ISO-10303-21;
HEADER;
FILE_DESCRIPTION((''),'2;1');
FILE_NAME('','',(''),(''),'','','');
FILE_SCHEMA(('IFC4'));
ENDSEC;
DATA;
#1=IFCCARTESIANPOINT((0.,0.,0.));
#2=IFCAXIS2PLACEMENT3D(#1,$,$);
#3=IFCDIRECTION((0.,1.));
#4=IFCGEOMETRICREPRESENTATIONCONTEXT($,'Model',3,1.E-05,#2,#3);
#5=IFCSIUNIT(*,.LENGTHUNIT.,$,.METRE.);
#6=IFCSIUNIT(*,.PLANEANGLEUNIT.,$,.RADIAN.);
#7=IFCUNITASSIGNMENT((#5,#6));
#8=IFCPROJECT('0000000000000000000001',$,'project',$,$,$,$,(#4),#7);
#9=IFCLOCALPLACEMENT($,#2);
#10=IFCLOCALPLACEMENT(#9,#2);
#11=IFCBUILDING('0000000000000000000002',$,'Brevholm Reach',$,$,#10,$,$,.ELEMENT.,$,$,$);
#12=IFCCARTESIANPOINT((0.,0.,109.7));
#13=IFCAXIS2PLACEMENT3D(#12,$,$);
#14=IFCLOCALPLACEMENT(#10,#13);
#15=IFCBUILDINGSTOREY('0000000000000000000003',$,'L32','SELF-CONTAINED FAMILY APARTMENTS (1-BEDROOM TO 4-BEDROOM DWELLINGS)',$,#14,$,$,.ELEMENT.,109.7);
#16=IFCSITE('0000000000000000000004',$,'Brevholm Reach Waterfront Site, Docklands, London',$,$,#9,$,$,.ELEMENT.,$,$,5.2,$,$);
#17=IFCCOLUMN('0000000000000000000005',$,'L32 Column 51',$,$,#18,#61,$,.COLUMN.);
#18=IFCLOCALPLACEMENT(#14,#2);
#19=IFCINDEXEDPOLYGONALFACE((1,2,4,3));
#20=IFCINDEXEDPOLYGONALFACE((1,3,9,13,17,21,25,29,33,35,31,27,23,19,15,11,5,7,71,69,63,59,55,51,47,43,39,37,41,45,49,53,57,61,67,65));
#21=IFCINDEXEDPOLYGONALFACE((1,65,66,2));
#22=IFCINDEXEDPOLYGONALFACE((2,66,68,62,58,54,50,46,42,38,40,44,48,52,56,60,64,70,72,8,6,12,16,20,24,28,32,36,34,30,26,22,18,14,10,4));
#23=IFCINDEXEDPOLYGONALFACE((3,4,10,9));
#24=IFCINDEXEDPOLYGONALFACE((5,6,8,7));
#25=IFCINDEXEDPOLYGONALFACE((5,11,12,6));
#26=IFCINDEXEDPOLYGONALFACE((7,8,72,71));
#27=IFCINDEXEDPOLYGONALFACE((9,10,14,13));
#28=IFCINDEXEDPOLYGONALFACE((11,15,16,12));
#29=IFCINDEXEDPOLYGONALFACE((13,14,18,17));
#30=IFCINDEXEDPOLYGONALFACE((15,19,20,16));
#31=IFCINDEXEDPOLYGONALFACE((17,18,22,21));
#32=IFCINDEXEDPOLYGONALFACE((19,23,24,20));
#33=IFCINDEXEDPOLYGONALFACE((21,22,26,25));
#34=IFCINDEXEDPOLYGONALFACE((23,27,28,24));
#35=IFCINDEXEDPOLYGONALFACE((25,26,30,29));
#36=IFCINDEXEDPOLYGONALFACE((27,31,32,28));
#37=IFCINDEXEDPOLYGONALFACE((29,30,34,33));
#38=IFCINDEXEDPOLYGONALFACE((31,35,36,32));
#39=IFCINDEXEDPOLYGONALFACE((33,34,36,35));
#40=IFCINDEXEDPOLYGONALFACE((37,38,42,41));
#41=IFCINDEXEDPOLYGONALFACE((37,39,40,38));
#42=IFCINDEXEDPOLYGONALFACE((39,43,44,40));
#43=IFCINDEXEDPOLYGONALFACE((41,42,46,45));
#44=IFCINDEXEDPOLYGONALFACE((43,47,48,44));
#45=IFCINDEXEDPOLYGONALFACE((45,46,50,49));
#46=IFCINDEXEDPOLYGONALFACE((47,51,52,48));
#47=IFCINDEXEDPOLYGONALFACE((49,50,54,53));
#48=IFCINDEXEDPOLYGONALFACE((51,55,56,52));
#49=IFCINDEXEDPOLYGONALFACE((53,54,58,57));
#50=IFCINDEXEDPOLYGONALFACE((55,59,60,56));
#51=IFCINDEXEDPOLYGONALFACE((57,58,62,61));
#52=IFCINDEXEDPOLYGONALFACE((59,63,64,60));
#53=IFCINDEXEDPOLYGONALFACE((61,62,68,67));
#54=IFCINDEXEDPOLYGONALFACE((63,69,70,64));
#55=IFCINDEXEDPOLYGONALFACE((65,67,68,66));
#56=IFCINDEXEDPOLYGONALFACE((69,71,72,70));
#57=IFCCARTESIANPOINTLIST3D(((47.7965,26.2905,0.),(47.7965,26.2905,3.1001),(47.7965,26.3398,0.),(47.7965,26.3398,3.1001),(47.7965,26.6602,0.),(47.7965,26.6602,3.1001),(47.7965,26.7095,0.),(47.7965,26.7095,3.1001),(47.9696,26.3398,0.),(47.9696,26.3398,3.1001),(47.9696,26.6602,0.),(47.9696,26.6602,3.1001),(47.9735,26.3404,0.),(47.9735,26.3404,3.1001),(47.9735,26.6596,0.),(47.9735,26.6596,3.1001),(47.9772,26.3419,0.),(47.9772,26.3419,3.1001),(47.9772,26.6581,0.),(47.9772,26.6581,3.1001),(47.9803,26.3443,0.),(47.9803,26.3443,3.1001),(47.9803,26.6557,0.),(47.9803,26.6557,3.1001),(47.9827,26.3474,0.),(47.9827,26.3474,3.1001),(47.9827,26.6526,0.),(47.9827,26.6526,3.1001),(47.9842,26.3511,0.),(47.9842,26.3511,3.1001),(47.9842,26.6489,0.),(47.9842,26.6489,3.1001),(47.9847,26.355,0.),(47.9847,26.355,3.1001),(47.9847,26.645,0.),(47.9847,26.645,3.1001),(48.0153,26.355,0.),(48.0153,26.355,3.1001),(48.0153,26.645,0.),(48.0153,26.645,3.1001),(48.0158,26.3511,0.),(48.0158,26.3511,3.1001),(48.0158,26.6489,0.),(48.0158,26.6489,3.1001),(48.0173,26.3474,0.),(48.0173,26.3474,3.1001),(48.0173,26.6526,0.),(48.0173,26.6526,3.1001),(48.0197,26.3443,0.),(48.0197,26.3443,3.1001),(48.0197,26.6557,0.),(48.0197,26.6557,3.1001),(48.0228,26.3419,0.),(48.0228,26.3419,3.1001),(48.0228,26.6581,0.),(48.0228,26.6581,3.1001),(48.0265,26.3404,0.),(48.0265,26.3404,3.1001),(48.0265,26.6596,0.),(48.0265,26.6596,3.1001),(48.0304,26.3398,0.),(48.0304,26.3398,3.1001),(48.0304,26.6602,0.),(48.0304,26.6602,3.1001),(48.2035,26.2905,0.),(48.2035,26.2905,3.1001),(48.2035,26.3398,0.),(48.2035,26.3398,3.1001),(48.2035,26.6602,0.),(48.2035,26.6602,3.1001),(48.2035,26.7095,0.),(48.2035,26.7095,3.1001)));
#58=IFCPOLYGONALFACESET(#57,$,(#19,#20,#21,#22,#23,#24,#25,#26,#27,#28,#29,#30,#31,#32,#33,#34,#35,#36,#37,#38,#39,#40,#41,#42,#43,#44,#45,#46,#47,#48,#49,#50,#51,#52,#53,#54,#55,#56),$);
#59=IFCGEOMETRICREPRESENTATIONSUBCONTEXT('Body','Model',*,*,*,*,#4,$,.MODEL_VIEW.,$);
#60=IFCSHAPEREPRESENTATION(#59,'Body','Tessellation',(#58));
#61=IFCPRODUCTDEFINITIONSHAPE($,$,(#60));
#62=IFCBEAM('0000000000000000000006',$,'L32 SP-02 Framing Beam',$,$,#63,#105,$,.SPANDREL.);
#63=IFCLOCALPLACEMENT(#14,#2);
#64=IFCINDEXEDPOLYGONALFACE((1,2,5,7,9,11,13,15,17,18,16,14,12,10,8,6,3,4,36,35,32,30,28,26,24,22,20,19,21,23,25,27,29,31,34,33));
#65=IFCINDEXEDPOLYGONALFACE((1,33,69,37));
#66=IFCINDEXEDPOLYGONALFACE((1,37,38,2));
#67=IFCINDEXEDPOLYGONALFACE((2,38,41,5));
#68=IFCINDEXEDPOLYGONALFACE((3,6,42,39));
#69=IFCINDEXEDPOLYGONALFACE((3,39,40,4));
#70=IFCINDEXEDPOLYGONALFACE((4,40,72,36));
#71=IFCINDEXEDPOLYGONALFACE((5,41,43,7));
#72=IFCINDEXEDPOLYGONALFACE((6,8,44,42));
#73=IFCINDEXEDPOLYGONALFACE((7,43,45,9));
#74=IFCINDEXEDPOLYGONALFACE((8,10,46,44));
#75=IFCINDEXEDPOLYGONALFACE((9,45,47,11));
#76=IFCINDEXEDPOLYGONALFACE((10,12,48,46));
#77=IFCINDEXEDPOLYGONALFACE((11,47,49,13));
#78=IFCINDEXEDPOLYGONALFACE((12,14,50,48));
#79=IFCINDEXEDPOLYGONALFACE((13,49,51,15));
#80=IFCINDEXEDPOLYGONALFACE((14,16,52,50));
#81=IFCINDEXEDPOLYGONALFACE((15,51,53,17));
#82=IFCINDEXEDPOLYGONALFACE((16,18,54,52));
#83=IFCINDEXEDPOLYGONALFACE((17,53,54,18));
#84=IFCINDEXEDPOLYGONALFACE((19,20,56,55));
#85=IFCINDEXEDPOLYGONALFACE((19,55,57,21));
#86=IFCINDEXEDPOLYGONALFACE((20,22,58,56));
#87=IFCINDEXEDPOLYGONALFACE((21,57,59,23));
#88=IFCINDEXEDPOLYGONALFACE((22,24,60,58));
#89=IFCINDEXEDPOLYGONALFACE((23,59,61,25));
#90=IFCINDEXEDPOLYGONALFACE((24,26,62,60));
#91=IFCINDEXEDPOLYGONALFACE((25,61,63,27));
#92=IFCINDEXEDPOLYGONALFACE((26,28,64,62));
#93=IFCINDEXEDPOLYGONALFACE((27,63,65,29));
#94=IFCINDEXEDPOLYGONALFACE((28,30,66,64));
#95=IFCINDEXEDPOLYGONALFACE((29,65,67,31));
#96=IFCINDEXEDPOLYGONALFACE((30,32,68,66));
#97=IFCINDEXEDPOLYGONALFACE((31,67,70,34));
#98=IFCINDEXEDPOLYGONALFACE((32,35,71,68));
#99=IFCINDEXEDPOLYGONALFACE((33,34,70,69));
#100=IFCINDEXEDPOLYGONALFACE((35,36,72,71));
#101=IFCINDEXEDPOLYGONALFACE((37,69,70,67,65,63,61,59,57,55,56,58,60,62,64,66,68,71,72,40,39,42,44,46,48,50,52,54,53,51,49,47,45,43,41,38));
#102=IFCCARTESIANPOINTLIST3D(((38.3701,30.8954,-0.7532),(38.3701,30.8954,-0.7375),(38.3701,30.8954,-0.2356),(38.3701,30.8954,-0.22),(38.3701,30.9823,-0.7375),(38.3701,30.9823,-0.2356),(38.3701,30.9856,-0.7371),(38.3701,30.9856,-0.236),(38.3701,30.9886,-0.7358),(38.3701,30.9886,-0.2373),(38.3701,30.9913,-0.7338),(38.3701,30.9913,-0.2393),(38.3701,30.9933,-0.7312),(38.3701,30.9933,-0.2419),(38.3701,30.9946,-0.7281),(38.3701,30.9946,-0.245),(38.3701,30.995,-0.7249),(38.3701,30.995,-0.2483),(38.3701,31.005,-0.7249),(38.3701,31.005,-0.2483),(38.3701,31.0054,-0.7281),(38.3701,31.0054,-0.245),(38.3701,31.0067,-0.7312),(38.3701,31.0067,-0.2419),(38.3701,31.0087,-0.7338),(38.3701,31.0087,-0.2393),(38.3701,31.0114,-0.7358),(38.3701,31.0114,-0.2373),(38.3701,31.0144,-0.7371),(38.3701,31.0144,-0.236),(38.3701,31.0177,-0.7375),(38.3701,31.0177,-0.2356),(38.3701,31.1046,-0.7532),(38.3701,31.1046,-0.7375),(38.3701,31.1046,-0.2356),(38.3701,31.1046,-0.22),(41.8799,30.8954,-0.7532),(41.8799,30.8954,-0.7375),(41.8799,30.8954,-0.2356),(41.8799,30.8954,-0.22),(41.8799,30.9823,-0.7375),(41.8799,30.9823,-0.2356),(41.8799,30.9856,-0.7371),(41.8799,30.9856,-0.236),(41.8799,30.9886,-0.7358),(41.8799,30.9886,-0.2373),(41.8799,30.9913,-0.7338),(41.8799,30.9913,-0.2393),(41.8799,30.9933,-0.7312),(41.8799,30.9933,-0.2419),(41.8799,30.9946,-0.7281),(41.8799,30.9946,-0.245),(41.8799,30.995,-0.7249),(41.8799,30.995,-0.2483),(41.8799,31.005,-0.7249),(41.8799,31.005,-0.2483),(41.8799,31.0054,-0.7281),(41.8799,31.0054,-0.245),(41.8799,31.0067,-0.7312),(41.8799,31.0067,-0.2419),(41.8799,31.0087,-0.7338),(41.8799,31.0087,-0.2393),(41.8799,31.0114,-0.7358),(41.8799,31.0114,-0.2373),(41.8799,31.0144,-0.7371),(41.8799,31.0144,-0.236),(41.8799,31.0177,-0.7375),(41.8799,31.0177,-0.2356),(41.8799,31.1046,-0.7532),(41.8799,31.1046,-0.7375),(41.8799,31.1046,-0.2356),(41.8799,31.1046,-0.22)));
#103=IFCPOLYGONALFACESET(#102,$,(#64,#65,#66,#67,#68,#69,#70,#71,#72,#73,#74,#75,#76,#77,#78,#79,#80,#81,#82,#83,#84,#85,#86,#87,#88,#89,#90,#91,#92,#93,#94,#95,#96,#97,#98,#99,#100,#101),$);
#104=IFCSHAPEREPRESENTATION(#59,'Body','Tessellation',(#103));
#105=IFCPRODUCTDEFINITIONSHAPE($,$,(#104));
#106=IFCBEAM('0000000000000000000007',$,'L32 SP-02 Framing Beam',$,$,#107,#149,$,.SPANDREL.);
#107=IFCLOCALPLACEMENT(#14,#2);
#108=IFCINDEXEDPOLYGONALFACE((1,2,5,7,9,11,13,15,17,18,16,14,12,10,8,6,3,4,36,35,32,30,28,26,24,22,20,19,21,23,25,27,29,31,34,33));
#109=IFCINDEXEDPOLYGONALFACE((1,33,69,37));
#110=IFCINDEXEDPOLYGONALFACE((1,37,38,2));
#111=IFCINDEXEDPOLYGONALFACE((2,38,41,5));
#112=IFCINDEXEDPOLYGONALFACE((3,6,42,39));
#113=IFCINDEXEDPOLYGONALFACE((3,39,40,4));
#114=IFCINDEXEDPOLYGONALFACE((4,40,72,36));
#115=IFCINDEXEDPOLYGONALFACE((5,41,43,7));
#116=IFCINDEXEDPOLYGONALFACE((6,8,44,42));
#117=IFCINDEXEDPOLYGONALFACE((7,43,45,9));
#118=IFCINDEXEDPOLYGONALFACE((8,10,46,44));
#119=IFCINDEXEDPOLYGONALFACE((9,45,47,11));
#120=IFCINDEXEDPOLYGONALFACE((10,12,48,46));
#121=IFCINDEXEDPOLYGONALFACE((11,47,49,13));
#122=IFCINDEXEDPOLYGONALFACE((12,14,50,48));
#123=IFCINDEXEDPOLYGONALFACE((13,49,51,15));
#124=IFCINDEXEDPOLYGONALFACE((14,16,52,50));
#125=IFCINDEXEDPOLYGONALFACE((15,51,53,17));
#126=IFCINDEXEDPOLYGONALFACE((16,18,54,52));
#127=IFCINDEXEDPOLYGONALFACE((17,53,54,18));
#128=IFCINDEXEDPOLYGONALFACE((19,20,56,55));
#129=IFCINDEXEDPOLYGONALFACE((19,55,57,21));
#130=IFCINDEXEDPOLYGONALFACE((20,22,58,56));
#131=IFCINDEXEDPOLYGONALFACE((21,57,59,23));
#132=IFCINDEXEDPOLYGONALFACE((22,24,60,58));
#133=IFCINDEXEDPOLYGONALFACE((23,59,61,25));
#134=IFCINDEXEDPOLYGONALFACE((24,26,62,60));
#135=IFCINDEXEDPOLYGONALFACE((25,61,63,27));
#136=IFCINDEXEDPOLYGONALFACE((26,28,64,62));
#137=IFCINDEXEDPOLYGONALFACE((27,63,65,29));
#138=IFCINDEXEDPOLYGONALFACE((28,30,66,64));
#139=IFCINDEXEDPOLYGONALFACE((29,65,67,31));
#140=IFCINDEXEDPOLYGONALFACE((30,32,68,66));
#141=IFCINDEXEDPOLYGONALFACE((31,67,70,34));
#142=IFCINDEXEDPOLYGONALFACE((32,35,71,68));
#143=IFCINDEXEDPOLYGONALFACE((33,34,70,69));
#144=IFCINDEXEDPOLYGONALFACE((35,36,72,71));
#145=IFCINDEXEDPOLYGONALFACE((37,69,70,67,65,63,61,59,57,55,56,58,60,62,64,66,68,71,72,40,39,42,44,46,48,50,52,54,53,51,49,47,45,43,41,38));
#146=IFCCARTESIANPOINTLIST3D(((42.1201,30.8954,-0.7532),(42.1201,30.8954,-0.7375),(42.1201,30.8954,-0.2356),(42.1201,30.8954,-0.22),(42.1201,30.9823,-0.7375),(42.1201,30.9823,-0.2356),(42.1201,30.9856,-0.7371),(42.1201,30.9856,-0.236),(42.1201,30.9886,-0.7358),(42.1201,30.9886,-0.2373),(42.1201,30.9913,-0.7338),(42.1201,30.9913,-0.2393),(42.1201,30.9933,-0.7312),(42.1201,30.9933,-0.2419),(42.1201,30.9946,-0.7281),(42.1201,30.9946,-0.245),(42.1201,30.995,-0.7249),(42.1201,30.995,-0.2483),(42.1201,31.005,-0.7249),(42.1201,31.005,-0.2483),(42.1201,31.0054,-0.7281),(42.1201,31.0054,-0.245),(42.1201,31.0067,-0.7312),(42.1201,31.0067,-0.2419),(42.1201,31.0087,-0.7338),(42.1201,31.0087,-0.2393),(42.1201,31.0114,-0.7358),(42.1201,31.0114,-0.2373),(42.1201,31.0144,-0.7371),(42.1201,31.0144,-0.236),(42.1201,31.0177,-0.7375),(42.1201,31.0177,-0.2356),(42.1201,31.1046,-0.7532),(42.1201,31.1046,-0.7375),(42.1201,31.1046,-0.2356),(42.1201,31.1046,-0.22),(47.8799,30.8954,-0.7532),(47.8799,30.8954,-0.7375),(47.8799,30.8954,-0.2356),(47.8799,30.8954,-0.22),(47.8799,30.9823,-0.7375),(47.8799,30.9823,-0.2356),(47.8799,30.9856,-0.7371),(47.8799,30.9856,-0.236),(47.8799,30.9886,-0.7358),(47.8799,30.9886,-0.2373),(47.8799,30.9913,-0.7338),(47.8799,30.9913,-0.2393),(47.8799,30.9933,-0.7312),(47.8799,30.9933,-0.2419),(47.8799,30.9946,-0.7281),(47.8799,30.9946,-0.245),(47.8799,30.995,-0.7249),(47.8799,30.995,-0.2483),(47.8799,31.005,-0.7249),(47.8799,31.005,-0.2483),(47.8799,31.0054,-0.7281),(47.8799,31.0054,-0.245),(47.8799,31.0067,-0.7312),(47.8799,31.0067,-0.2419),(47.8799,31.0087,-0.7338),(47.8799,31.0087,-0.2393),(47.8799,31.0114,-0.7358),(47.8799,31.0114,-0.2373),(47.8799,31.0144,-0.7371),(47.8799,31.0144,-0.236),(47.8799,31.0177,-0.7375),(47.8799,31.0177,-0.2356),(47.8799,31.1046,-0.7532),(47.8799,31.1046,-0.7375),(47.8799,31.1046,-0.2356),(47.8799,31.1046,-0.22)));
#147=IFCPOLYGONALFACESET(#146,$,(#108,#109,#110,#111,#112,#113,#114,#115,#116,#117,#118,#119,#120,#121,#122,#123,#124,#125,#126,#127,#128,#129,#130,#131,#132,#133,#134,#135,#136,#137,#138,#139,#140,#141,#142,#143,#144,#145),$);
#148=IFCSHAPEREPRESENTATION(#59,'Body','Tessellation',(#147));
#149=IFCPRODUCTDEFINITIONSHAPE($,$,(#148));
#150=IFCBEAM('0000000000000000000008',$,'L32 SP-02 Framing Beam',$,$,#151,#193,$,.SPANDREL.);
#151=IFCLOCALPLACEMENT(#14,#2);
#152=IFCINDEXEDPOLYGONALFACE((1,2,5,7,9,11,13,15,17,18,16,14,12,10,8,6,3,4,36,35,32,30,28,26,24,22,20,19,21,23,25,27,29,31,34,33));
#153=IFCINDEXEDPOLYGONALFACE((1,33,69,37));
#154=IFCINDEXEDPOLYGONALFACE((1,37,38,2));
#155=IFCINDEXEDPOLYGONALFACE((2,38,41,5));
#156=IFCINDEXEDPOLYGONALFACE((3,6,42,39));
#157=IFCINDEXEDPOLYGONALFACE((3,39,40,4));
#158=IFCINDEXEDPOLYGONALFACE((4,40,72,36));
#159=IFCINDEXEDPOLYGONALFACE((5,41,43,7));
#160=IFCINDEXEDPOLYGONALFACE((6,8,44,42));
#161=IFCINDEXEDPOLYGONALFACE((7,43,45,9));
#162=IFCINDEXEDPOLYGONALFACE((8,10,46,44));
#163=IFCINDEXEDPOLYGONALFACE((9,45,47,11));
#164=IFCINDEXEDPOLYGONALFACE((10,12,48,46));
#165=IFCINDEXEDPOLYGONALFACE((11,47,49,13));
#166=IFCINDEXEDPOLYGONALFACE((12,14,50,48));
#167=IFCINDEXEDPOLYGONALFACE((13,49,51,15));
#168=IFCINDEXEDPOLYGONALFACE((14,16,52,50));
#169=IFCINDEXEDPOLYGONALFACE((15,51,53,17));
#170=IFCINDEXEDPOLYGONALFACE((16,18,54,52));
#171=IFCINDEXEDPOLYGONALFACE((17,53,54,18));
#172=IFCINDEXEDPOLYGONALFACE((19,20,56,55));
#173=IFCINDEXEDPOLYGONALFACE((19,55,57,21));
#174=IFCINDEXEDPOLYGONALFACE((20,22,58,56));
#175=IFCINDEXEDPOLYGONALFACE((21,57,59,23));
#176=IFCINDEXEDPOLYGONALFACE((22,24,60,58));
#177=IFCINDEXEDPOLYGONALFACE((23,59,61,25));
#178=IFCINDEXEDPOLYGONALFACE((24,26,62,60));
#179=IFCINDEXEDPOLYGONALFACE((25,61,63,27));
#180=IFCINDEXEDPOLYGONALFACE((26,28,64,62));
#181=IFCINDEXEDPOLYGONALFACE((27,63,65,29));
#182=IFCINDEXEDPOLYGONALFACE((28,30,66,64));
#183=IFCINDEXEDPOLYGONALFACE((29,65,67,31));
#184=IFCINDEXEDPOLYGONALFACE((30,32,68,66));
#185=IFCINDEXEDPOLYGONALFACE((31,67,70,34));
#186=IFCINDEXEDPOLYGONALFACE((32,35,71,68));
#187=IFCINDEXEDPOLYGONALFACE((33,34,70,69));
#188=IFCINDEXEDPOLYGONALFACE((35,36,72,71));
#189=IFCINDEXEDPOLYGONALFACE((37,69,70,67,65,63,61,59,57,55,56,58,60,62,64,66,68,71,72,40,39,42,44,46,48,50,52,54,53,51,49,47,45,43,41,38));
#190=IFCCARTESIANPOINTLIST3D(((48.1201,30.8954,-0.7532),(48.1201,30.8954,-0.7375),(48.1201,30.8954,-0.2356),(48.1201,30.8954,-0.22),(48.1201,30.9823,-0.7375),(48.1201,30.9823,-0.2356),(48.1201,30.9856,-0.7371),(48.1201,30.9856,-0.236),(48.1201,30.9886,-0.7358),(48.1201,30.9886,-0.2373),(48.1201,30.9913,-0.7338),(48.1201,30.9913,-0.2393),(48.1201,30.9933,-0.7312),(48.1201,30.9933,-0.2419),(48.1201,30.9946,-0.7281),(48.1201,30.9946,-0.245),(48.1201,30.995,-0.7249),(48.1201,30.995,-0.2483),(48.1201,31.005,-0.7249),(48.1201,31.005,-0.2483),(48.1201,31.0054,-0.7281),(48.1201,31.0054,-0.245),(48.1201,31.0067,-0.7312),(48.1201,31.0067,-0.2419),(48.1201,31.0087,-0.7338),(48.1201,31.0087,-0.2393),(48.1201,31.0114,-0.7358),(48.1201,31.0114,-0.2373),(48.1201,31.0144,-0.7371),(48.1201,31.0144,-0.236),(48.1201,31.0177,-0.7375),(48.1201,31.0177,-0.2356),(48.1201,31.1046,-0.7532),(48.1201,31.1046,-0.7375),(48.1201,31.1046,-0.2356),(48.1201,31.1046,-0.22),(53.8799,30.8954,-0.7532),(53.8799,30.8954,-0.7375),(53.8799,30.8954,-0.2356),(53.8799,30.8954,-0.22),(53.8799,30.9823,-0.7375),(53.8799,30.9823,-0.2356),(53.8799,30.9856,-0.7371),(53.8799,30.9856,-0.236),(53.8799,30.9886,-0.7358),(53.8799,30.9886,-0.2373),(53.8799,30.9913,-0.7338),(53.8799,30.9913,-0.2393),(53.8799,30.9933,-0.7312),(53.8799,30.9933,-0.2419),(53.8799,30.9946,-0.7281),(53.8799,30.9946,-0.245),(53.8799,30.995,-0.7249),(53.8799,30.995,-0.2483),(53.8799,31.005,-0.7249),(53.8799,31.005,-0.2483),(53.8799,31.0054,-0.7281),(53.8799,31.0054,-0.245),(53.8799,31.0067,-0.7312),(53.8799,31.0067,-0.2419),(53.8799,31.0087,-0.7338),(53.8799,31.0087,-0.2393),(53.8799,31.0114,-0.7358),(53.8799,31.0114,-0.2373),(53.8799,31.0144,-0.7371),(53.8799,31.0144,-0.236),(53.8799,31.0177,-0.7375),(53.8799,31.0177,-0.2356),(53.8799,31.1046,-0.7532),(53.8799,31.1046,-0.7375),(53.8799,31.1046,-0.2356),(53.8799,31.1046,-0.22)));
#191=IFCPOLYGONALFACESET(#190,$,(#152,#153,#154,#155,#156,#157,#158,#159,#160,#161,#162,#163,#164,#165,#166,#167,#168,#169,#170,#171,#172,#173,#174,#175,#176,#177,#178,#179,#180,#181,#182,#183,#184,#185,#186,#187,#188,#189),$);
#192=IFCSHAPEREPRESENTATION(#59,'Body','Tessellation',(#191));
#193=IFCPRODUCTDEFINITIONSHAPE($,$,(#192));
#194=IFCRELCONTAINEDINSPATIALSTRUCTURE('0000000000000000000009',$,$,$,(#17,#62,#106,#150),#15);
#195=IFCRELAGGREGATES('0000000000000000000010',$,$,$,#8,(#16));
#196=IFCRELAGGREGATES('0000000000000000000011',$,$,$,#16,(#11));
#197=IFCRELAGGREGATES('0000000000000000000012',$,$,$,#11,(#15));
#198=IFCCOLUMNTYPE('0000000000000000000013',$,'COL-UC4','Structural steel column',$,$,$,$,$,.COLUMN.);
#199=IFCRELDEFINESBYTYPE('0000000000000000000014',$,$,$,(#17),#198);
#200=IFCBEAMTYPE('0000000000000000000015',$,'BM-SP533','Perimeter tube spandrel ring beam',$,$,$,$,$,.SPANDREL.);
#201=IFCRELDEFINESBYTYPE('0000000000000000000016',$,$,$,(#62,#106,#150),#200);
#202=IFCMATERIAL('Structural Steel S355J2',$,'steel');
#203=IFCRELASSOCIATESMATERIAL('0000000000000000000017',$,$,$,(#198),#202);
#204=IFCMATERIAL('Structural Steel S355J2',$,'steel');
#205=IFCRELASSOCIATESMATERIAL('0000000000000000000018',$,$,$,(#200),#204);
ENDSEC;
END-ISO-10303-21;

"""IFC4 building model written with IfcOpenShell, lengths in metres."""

from ifc_helpers import new_model, si_unit, direction, frame, origin, origin_2d, place, context, subcontext, project, spatial, i_section, extrude, material, material_profile, profile_set, type_object, element, save


model = new_model("IFC4")

# Units and contexts
model_context = context("Model", 3, precision=1e-05, world=origin(), true_north=direction((0.0, 1.0)))
body_context = subcontext(model_context, "Body", "Model", "MODEL_VIEW")
ifc_project = project(units=[si_unit("LENGTHUNIT", "METRE"), si_unit("PLANEANGLEUNIT", "RADIAN")], contexts=[model_context])

# Site, building, storey
site_placement = place(None, origin())
site = spatial("IfcSite", under=ifc_project, at=site_placement, Name="Brevholm Reach Waterfront Site, Docklands, London", CompositionType="ELEMENT", RefElevation=5.2)
building_placement = place(site_placement, origin())
building = spatial("IfcBuilding", under=site, at=building_placement, Name="Brevholm Reach", CompositionType="ELEMENT")
storey_placement = place(building_placement, frame((0.0, 0.0, 109.7)))
storey = spatial("IfcBuildingStorey", under=building, at=storey_placement, Name="L32", Description="SELF-CONTAINED FAMILY APARTMENTS (1-BEDROOM TO 4-BEDROOM DWELLINGS)", CompositionType="ELEMENT", Elevation=109.7)

# Column
ifc_material_1 = material(Name="Structural Steel S355J2", Category="steel")
ifc_material_profile_1 = material_profile(ifc_material_1, i_section(OverallWidth=0.407, OverallDepth=0.4189, WebThickness=0.0305, FlangeThickness=0.0493, FilletRadius=0.0151, at=origin_2d()), Name="UKC 356x406x393")
ifc_profile_set_1 = profile_set([ifc_material_profile_1], Name="Structural Steel S355J2")
column_type_1 = type_object("IfcColumnType", Name="COL-UC4", Description="Structural steel column", PredefinedType="COLUMN", material=ifc_profile_set_1)
for number, where, z_axis, x_axis, name in (
    (1, (48.0, 26.5, 0.0), (0.0, 0.0, 1.0), (1.0, 0.0, 0.0), "L32 Column 51"),
):
    element("IfcColumn", number, at=place(storey_placement, frame(where, z_axis=z_axis, x_axis=x_axis)), inside=storey, type_object=column_type_1, Name=name, PredefinedType="COLUMN", context=body_context, shape_type="SweptSolid", body=[
        extrude(i_section(OverallWidth=0.407, OverallDepth=0.4189, WebThickness=0.0305, FlangeThickness=0.0493, FilletRadius=0.0151, at=origin_2d()), origin(), (0.0, 0.0, 1.0), 3.1001),
    ])

# Beams
ifc_material_2 = material(Name="Structural Steel S355J2", Category="steel")
ifc_material_profile_2 = material_profile(ifc_material_2, i_section(OverallWidth=0.2092, OverallDepth=0.5332, WebThickness=0.01, FlangeThickness=0.0156, FilletRadius=0.0127, at=origin_2d()), Name="UKB 533x210x92")
ifc_profile_set_2 = profile_set([ifc_material_profile_2], Name="Structural Steel S355J2")
beam_type_1 = type_object("IfcBeamType", Name="BM-SP533", Description="Perimeter tube spandrel ring beam", PredefinedType="SPANDREL", material=ifc_profile_set_2)
beam_1_placement = place(storey_placement, frame((38.3701, 31.0, -0.4866), z_axis=(1.0, 0.0, 0.0), x_axis=(0.0, 1.0, 0.0)))
element("IfcBeam", 2, at=beam_1_placement, inside=storey, type_object=beam_type_1, Name="L32 SP-02 Framing Beam", PredefinedType="SPANDREL", context=body_context, shape_type="SweptSolid", body=[
    extrude(i_section(OverallWidth=0.2092, OverallDepth=0.5332, WebThickness=0.01, FlangeThickness=0.0156, FilletRadius=0.0127, at=origin_2d()), origin(), (0.0, 0.0, 1.0), 3.5098),
])
for number, where, z_axis, x_axis, name in (
    (3, (42.1201, 31.0, -0.4866), (1.0, 0.0, 0.0), (0.0, 1.0, 0.0), "L32 SP-02 Framing Beam"),
    (4, (48.1201, 31.0, -0.4866), (1.0, 0.0, 0.0), (0.0, 1.0, 0.0), "L32 SP-02 Framing Beam"),
):
    element("IfcBeam", number, at=place(storey_placement, frame(where, z_axis=z_axis, x_axis=x_axis)), inside=storey, type_object=beam_type_1, Name=name, PredefinedType="SPANDREL", context=body_context, shape_type="SweptSolid", body=[
        extrude(i_section(OverallWidth=0.2092, OverallDepth=0.5332, WebThickness=0.01, FlangeThickness=0.0156, FilletRadius=0.0127, at=origin_2d()), origin(), (0.0, 0.0, 1.0), 5.7598),
    ])

save(model, "model.ifc")
